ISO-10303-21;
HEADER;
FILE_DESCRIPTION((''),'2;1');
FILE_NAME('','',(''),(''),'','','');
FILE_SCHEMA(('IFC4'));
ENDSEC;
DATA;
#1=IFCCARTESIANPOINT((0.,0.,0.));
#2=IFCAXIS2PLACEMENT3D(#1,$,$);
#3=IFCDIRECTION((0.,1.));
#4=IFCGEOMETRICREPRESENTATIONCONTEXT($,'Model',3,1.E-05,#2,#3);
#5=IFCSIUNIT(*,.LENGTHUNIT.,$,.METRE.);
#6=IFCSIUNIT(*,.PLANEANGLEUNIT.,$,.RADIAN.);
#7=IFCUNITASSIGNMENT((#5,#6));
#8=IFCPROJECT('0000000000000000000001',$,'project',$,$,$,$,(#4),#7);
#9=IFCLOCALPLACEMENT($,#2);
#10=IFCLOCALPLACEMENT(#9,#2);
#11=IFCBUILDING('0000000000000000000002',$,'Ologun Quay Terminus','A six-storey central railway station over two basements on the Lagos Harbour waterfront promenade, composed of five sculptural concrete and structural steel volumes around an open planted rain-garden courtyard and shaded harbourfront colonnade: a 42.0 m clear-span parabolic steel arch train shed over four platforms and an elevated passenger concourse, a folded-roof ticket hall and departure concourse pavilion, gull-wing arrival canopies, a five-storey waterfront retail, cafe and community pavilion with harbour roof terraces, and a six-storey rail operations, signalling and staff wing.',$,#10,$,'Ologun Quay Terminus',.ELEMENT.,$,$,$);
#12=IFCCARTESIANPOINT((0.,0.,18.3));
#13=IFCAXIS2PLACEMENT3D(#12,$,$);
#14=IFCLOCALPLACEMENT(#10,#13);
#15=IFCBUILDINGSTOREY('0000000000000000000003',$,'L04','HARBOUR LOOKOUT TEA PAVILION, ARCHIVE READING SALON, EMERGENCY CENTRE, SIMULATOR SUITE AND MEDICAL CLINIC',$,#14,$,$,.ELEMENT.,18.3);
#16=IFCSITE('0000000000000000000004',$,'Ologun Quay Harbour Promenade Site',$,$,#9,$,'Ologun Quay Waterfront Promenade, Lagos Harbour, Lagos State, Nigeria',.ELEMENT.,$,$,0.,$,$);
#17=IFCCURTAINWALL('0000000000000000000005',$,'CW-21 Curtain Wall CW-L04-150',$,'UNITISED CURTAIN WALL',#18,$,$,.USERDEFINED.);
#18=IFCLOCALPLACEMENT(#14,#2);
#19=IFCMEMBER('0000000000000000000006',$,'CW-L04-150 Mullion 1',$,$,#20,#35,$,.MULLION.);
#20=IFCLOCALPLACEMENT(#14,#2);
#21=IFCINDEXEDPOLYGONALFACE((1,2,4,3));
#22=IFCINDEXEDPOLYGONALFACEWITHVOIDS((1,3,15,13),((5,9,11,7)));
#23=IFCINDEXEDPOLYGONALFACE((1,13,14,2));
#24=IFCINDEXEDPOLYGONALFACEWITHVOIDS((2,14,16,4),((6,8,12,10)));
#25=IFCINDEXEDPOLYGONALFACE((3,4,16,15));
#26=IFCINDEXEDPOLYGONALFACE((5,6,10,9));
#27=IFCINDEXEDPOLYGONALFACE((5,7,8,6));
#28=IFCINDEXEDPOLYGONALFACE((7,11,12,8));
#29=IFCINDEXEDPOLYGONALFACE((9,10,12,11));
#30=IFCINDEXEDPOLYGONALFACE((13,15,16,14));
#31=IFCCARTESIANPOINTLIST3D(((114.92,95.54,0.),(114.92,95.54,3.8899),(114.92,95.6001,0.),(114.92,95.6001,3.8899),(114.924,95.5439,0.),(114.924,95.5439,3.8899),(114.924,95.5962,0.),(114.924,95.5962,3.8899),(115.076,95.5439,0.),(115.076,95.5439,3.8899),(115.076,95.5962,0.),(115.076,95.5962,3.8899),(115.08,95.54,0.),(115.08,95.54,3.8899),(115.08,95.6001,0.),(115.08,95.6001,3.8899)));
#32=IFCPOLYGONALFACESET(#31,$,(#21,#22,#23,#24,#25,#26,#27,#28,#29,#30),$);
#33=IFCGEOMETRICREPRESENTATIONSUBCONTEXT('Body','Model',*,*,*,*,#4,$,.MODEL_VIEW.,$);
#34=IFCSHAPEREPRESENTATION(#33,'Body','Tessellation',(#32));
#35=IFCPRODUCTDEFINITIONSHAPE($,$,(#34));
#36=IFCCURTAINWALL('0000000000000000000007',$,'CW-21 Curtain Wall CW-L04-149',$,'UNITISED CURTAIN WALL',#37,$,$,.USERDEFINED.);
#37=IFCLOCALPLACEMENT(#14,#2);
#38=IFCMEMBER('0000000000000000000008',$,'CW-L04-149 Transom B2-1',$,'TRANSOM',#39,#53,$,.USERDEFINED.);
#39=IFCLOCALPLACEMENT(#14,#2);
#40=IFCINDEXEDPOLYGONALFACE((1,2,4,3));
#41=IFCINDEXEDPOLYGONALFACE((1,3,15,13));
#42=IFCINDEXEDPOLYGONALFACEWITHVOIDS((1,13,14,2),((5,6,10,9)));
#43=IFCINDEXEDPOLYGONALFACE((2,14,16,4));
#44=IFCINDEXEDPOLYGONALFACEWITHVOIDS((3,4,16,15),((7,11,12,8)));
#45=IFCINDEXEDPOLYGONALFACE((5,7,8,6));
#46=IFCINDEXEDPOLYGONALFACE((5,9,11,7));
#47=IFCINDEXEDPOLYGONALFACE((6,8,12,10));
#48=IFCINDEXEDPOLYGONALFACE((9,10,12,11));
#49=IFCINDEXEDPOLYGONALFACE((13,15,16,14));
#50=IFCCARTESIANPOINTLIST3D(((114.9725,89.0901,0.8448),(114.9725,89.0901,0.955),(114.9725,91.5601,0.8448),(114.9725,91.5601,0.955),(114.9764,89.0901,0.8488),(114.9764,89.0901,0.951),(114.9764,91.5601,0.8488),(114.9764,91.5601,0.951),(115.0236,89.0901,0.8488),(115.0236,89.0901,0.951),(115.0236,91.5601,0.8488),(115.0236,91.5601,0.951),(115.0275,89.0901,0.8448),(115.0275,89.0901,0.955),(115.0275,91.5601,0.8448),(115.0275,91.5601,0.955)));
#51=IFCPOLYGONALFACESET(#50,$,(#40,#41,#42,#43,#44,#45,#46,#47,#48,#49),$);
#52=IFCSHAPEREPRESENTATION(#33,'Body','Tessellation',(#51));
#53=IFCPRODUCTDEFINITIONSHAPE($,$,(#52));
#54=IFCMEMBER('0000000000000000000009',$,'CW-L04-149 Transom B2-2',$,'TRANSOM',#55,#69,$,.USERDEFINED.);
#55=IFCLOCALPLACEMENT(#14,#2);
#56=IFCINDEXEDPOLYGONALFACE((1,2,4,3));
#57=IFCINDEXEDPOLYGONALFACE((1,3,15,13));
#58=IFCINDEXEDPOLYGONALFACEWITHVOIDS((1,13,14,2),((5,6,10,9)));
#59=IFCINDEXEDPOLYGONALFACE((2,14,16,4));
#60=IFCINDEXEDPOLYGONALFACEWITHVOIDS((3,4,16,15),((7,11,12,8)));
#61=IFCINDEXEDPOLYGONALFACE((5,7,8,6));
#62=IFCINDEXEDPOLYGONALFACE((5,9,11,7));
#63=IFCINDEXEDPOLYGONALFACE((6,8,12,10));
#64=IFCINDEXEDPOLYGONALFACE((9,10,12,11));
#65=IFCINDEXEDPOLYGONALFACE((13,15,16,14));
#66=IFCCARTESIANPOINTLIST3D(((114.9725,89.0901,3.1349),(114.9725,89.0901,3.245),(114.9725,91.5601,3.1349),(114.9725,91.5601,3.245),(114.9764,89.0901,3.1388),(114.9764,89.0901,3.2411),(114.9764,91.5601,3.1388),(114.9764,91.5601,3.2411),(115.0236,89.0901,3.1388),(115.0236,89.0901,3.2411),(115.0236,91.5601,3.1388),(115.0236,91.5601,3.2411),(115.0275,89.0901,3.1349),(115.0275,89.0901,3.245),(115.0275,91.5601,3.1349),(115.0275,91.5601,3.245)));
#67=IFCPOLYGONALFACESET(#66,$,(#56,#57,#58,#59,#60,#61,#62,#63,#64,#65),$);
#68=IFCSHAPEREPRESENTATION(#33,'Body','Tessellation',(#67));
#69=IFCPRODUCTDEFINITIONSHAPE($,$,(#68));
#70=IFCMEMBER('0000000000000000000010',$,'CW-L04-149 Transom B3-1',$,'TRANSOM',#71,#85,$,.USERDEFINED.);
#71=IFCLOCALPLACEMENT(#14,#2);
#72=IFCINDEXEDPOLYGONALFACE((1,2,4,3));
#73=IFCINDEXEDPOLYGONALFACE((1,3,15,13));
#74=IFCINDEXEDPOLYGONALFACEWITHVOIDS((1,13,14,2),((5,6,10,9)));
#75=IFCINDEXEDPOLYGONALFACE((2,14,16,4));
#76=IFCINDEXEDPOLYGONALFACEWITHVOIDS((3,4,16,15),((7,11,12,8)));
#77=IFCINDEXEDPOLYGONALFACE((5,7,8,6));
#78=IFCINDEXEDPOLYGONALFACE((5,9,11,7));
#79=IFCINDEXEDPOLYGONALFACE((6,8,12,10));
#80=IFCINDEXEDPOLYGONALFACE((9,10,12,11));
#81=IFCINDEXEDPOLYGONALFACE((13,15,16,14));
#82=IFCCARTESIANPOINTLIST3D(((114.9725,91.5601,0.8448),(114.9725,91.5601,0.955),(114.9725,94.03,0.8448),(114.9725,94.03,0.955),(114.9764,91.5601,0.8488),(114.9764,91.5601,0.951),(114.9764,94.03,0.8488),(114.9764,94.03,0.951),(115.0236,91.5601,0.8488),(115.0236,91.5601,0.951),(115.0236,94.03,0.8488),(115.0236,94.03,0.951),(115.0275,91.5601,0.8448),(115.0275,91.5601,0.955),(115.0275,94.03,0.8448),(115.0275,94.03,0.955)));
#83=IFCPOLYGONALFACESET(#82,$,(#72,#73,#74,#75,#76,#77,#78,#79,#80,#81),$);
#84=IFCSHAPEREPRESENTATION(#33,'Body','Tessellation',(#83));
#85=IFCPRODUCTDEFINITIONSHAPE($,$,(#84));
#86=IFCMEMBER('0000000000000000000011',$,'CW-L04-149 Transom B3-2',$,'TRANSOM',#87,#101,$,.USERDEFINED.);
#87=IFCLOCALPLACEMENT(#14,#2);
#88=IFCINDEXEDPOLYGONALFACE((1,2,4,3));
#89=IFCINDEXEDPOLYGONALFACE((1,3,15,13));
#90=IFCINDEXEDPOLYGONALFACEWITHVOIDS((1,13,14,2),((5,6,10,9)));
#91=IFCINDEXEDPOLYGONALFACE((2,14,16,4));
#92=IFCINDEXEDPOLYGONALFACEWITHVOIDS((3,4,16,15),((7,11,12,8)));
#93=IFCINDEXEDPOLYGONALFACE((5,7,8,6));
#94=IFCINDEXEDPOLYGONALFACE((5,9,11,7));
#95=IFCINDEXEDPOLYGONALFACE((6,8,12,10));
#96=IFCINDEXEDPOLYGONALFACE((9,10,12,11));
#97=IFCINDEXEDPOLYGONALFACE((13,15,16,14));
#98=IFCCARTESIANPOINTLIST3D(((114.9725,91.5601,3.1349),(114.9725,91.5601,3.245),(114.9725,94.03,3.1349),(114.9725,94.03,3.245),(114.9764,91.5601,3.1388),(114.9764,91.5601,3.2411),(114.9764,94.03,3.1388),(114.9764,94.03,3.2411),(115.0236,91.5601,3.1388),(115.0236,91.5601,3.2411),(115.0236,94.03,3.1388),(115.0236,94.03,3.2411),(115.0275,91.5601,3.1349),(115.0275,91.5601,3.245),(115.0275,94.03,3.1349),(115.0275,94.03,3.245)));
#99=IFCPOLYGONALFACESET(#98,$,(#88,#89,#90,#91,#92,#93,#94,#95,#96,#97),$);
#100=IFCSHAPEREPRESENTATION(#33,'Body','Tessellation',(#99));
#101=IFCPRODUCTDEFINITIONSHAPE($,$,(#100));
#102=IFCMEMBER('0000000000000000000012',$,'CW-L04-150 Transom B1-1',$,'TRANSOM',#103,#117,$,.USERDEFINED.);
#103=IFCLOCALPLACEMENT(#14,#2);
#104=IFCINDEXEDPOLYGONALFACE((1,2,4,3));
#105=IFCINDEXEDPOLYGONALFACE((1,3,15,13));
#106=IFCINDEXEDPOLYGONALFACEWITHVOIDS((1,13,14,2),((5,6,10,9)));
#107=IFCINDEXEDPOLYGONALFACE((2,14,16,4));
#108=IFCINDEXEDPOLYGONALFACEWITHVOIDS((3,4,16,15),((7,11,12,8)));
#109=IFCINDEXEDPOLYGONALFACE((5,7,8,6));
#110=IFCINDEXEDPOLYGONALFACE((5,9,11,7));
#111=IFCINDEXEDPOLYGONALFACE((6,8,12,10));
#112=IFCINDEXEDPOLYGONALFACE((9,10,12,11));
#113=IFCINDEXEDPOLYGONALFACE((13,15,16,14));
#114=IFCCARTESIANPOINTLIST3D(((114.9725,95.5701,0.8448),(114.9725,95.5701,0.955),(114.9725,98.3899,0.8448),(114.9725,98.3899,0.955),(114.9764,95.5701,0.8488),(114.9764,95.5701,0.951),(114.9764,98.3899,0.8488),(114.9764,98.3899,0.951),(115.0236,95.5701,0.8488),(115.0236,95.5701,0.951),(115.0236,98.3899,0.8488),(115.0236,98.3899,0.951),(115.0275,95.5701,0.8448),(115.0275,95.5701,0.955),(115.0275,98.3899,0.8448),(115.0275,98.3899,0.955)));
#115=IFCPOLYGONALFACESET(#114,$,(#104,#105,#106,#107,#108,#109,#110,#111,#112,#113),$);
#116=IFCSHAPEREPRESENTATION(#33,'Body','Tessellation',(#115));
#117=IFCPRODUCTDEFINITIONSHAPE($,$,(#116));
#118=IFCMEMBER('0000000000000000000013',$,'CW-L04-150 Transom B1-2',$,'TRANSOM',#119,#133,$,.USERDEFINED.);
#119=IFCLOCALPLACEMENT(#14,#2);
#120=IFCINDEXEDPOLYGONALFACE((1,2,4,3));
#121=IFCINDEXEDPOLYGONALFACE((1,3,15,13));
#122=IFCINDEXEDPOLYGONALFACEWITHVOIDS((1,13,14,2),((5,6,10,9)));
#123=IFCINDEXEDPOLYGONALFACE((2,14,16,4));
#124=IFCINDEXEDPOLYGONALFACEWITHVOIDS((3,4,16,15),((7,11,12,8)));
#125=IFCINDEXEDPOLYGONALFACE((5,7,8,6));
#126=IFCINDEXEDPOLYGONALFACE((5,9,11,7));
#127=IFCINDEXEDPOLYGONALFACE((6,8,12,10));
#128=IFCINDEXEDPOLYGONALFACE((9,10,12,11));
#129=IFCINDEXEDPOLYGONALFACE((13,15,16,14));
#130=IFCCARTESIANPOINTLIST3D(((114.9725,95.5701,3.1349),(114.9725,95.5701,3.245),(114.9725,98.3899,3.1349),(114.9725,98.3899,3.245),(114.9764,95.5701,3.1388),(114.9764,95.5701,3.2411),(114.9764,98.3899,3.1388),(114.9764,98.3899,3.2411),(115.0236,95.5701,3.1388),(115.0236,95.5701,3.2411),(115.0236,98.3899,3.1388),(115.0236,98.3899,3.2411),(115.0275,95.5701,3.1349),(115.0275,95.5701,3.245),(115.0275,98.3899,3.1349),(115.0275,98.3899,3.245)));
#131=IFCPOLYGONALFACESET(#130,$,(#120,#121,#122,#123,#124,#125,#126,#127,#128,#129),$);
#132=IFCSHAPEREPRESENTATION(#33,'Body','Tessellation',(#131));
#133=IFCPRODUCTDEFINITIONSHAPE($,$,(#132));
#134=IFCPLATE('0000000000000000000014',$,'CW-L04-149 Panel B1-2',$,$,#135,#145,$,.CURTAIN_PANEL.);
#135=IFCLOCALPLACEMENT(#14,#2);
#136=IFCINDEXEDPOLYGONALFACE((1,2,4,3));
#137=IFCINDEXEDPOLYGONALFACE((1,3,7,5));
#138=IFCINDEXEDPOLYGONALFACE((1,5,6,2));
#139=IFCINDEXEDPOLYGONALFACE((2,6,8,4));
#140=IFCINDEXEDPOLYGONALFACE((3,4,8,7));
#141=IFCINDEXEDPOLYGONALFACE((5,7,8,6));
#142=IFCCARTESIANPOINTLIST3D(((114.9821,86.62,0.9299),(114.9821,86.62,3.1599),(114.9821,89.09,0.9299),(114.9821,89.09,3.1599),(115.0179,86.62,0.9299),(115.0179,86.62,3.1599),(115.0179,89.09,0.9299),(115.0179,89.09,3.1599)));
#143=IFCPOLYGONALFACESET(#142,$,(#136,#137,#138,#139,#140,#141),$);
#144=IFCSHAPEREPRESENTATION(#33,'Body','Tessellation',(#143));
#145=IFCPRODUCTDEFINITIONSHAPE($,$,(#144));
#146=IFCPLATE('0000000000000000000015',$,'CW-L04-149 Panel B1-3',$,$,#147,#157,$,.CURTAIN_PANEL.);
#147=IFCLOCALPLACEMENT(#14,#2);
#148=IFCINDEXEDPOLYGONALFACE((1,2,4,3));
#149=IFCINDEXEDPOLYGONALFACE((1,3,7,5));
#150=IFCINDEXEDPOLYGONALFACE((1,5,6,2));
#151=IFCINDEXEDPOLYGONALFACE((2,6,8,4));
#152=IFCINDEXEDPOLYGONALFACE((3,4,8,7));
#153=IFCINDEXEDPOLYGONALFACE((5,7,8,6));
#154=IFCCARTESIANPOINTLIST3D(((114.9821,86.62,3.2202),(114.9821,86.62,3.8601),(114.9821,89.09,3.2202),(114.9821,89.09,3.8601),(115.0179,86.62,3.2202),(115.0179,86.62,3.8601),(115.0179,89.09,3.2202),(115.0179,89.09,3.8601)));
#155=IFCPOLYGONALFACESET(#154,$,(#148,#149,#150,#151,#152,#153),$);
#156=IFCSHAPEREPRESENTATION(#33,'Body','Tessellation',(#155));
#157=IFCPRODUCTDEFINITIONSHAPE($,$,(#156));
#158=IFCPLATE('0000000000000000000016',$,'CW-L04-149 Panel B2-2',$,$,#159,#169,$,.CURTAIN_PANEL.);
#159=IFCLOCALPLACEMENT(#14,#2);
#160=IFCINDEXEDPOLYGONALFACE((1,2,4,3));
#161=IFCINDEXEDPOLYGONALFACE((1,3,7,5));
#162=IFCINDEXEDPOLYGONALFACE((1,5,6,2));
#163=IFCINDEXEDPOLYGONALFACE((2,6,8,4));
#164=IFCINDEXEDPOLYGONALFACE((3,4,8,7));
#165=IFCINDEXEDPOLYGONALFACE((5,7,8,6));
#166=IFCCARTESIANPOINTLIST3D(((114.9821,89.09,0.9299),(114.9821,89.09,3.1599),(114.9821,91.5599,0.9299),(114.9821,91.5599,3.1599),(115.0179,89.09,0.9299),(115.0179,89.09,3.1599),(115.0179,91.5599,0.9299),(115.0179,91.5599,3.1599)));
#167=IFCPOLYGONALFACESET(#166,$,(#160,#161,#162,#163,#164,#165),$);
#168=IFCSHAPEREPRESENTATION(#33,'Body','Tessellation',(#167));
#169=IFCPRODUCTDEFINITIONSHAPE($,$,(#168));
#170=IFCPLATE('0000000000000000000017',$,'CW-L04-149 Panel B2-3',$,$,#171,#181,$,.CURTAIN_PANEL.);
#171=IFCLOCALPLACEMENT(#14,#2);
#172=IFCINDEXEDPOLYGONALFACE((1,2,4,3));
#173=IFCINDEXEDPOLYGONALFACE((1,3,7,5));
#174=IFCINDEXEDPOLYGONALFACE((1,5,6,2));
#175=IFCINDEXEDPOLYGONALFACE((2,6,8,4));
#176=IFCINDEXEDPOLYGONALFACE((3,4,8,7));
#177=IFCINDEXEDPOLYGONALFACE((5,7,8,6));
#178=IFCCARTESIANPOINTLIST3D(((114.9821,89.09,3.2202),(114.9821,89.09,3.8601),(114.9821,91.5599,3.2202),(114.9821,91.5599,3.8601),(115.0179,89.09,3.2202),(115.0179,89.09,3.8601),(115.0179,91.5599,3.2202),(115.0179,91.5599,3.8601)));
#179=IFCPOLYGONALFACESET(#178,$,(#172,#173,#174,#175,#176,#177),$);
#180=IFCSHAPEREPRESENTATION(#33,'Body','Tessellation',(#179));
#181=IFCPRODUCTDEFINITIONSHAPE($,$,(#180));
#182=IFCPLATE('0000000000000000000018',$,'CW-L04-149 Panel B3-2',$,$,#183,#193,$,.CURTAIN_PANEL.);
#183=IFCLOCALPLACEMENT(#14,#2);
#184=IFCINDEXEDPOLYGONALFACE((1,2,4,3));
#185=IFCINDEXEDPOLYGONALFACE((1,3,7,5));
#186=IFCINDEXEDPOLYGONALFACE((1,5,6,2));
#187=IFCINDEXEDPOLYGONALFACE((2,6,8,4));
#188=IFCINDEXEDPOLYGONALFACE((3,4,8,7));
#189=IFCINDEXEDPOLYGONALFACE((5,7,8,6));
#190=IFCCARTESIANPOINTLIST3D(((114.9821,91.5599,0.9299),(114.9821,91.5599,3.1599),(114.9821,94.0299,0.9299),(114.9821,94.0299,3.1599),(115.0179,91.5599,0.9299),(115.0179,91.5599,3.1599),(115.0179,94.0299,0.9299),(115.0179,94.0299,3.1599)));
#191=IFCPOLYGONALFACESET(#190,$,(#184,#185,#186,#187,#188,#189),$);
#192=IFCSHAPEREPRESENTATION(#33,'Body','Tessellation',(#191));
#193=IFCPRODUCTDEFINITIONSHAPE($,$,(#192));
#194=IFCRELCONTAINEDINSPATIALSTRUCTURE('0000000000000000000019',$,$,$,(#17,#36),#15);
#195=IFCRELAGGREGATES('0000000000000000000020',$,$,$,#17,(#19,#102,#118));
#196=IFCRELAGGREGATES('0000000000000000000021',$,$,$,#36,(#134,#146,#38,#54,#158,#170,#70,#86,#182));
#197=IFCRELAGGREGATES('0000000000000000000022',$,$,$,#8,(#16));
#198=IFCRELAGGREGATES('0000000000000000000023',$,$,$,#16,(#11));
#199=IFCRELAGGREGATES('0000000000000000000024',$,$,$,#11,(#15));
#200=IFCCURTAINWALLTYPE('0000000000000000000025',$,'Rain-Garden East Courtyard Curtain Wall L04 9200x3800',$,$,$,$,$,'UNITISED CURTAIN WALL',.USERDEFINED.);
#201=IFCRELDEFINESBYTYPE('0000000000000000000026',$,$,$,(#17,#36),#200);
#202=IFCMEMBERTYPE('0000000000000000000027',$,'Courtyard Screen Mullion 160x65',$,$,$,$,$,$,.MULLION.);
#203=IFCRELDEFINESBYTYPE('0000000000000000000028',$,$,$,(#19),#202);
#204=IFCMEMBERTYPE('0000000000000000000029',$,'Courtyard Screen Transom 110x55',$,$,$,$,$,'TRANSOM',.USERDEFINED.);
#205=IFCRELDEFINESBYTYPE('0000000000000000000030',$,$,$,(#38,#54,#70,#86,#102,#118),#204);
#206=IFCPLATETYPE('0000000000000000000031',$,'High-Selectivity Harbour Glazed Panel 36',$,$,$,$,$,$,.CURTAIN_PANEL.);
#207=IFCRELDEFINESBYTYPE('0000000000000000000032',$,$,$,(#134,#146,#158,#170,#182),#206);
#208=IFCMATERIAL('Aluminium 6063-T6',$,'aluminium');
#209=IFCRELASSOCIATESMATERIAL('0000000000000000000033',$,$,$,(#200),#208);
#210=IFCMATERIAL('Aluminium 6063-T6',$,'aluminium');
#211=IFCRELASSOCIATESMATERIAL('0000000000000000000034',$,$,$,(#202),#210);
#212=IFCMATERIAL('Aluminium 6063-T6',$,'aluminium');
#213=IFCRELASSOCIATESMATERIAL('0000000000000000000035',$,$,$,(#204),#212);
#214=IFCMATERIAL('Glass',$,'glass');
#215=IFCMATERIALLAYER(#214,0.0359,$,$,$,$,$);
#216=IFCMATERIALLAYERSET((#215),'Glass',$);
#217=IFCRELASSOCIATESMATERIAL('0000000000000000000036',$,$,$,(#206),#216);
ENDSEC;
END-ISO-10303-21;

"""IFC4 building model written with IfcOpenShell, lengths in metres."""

from ifc_helpers import new_model, si_unit, direction, frame, origin, origin_2d, place, context, subcontext, project, spatial, rectangle, hollow_rectangle, extrude, material, layer, layer_set, material_profile, profile_set, type_object, element, aggregate, save


model = new_model("IFC4")

# Units and contexts
model_context = context("Model", 3, precision=1e-05, world=origin(), true_north=direction((0.0, 1.0)))
body_context = subcontext(model_context, "Body", "Model", "MODEL_VIEW")
ifc_project = project(units=[si_unit("LENGTHUNIT", "METRE"), si_unit("PLANEANGLEUNIT", "RADIAN")], contexts=[model_context])

# Site, building, storey
site_placement = place(None, origin())
site = spatial("IfcSite", under=ifc_project, at=site_placement, Name="Ologun Quay Harbour Promenade Site", LongName="Ologun Quay Waterfront Promenade, Lagos Harbour, Lagos State, Nigeria", CompositionType="ELEMENT", RefElevation=0.0)
building_placement = place(site_placement, origin())
building = spatial("IfcBuilding", under=site, at=building_placement, Name="Ologun Quay Terminus", Description="A six-storey central railway station over two basements on the Lagos Harbour waterfront promenade, composed of five sculptural concrete and structural steel volumes around an open planted rain-garden courtyard and shaded harbourfront colonnade: a 42.0 m clear-span parabolic steel arch train shed over four platforms and an elevated passenger concourse, a folded-roof ticket hall and departure concourse pavilion, gull-wing arrival canopies, a five-storey waterfront retail, cafe and community pavilion with harbour roof terraces, and a six-storey rail operations, signalling and staff wing.", LongName="Ologun Quay Terminus", CompositionType="ELEMENT")
storey_placement = place(building_placement, frame((0.0, 0.0, 18.3)))
storey = spatial("IfcBuildingStorey", under=building, at=storey_placement, Name="L04", Description="HARBOUR LOOKOUT TEA PAVILION, ARCHIVE READING SALON, EMERGENCY CENTRE, SIMULATOR SUITE AND MEDICAL CLINIC", CompositionType="ELEMENT", Elevation=18.3)

# Curtain wall, member
ifc_material_1 = material(Name="Aluminium 6063-T6", Category="aluminium")
curtain_wall_type = type_object("IfcCurtainWallType", Name="Rain-Garden East Courtyard Curtain Wall L04 9200x3800", ElementType="UNITISED CURTAIN WALL", PredefinedType="USERDEFINED", material=ifc_material_1)
curtain_wall_1_placement = place(storey_placement, origin())
curtain_wall_1 = element("IfcCurtainWall", 1, at=curtain_wall_1_placement, inside=storey, type_object=curtain_wall_type, Name="CW-21 Curtain Wall CW-L04-150", ObjectType="UNITISED CURTAIN WALL", PredefinedType="USERDEFINED")
ifc_material_2 = material(Name="Aluminium 6063-T6", Category="aluminium")
ifc_material_profile_1 = material_profile(ifc_material_2, hollow_rectangle(XDim=0.0601, YDim=0.1599, WallThickness=0.0039, at=origin_2d()), Name="ALU 160x60x4")
ifc_profile_set_1 = profile_set([ifc_material_profile_1], Name="Aluminium 6063-T6")
member_type_1 = type_object("IfcMemberType", Name="Courtyard Screen Mullion 160x65", PredefinedType="MULLION", material=ifc_profile_set_1)
member_1_placement = place(storey_placement, frame((115.0, 95.5701, 0.0), z_axis=(0.0, 0.0, 1.0), x_axis=(0.0, 1.0, 0.0)))
member_1 = element("IfcMember", 2, at=member_1_placement, type_object=member_type_1, Name="CW-L04-150 Mullion 1", PredefinedType="MULLION", context=body_context, shape_type="SweptSolid", body=[
    extrude(hollow_rectangle(XDim=0.0601, YDim=0.1599, WallThickness=0.0039, at=origin_2d()), origin(), (0.0, 0.0, 1.0), 3.8899),
])

# Curtain wall, members
curtain_wall_2_placement = place(storey_placement, origin())
curtain_wall_2 = element("IfcCurtainWall", 3, at=curtain_wall_2_placement, inside=storey, type_object=curtain_wall_type, Name="CW-21 Curtain Wall CW-L04-149", ObjectType="UNITISED CURTAIN WALL", PredefinedType="USERDEFINED")
ifc_material_3 = material(Name="Aluminium 6063-T6", Category="aluminium")
ifc_material_profile_2 = material_profile(ifc_material_3, hollow_rectangle(XDim=0.0549, YDim=0.1101, WallThickness=0.0039, at=origin_2d()), Name="ALU 110x55x4")
ifc_profile_set_2 = profile_set([ifc_material_profile_2], Name="Aluminium 6063-T6")
member_type_2 = type_object("IfcMemberType", Name="Courtyard Screen Transom 110x55", ElementType="TRANSOM", PredefinedType="USERDEFINED", material=ifc_profile_set_2)
member_2_placement = place(storey_placement, frame((115.0, 89.0901, 0.8999), z_axis=(0.0, 1.0, 0.0), x_axis=(-1.0, 0.0, 0.0)))
member_2 = element("IfcMember", 4, at=member_2_placement, type_object=member_type_2, Name="CW-L04-149 Transom B2-1", ObjectType="TRANSOM", PredefinedType="USERDEFINED", context=body_context, shape_type="SweptSolid", body=[
    extrude(hollow_rectangle(XDim=0.0549, YDim=0.1101, WallThickness=0.0039, at=origin_2d()), origin(), (0.0, 0.0, 1.0), 2.47),
])
member_3_placement = place(storey_placement, frame((115.0, 89.0901, 3.1899), z_axis=(0.0, 1.0, 0.0), x_axis=(-1.0, 0.0, 0.0)))
member_3 = element("IfcMember", 5, at=member_3_placement, type_object=member_type_2, Name="CW-L04-149 Transom B2-2", ObjectType="TRANSOM", PredefinedType="USERDEFINED", context=body_context, shape_type="SweptSolid", body=[
    extrude(hollow_rectangle(XDim=0.0549, YDim=0.1101, WallThickness=0.0039, at=origin_2d()), origin(), (0.0, 0.0, 1.0), 2.47),
])
member_4_placement = place(storey_placement, frame((115.0, 91.5601, 0.8999), z_axis=(0.0, 1.0, 0.0), x_axis=(-1.0, 0.0, 0.0)))
member_4 = element("IfcMember", 6, at=member_4_placement, type_object=member_type_2, Name="CW-L04-149 Transom B3-1", ObjectType="TRANSOM", PredefinedType="USERDEFINED", context=body_context, shape_type="SweptSolid", body=[
    extrude(hollow_rectangle(XDim=0.0549, YDim=0.1101, WallThickness=0.0039, at=origin_2d()), origin(), (0.0, 0.0, 1.0), 2.47),
])
member_5_placement = place(storey_placement, frame((115.0, 91.5601, 3.1899), z_axis=(0.0, 1.0, 0.0), x_axis=(-1.0, 0.0, 0.0)))
member_5 = element("IfcMember", 7, at=member_5_placement, type_object=member_type_2, Name="CW-L04-149 Transom B3-2", ObjectType="TRANSOM", PredefinedType="USERDEFINED", context=body_context, shape_type="SweptSolid", body=[
    extrude(hollow_rectangle(XDim=0.0549, YDim=0.1101, WallThickness=0.0039, at=origin_2d()), origin(), (0.0, 0.0, 1.0), 2.47),
])

# Members
member_6_placement = place(storey_placement, frame((115.0, 95.5701, 0.8999), z_axis=(0.0, 1.0, 0.0), x_axis=(-1.0, 0.0, 0.0)))
member_6 = element("IfcMember", 8, at=member_6_placement, type_object=member_type_2, Name="CW-L04-150 Transom B1-1", ObjectType="TRANSOM", PredefinedType="USERDEFINED", context=body_context, shape_type="SweptSolid", body=[
    extrude(hollow_rectangle(XDim=0.0549, YDim=0.1101, WallThickness=0.0039, at=origin_2d()), origin(), (0.0, 0.0, 1.0), 2.8198),
])
member_7_placement = place(storey_placement, frame((115.0, 95.5701, 3.1899), z_axis=(0.0, 1.0, 0.0), x_axis=(-1.0, 0.0, 0.0)))
member_7 = element("IfcMember", 9, at=member_7_placement, type_object=member_type_2, Name="CW-L04-150 Transom B1-2", ObjectType="TRANSOM", PredefinedType="USERDEFINED", context=body_context, shape_type="SweptSolid", body=[
    extrude(hollow_rectangle(XDim=0.0549, YDim=0.1101, WallThickness=0.0039, at=origin_2d()), origin(), (0.0, 0.0, 1.0), 2.8198),
])
aggregate(curtain_wall_1, [member_1, member_6, member_7])

# Plates
ifc_material_4 = material(Name="Glass", Category="glass")
ifc_layer_1 = layer(ifc_material_4, 0.0359)
ifc_layer_set_1 = layer_set([ifc_layer_1], Name="Glass")
plate_type_1 = type_object("IfcPlateType", Name="High-Selectivity Harbour Glazed Panel 36", PredefinedType="CURTAIN_PANEL", material=ifc_layer_set_1)
plate_1_placement = place(storey_placement, frame((115.0, 87.855, 0.9299), z_axis=(0.0, 0.0, 1.0), x_axis=(0.0, 1.0, 0.0)))
plate_1 = element("IfcPlate", 10, at=plate_1_placement, type_object=plate_type_1, Name="CW-L04-149 Panel B1-2", PredefinedType="CURTAIN_PANEL", context=body_context, shape_type="SweptSolid", body=[
    extrude(rectangle(XDim=2.47, YDim=0.0359, at=origin_2d()), origin(), (0.0, 0.0, 1.0), 2.23),
])
plate_2_placement = place(storey_placement, frame((115.0, 87.855, 3.2202), z_axis=(0.0, 0.0, 1.0), x_axis=(0.0, 1.0, 0.0)))
plate_2 = element("IfcPlate", 11, at=plate_2_placement, type_object=plate_type_1, Name="CW-L04-149 Panel B1-3", PredefinedType="CURTAIN_PANEL", context=body_context, shape_type="SweptSolid", body=[
    extrude(rectangle(XDim=2.47, YDim=0.0359, at=origin_2d()), origin(), (0.0, 0.0, 1.0), 0.6399),
])
plate_3_placement = place(storey_placement, frame((115.0, 90.325, 0.9299), z_axis=(0.0, 0.0, 1.0), x_axis=(0.0, 1.0, 0.0)))
plate_3 = element("IfcPlate", 12, at=plate_3_placement, type_object=plate_type_1, Name="CW-L04-149 Panel B2-2", PredefinedType="CURTAIN_PANEL", context=body_context, shape_type="SweptSolid", body=[
    extrude(rectangle(XDim=2.47, YDim=0.0359, at=origin_2d()), origin(), (0.0, 0.0, 1.0), 2.23),
])
plate_4_placement = place(storey_placement, frame((115.0, 90.325, 3.2202), z_axis=(0.0, 0.0, 1.0), x_axis=(0.0, 1.0, 0.0)))
plate_4 = element("IfcPlate", 13, at=plate_4_placement, type_object=plate_type_1, Name="CW-L04-149 Panel B2-3", PredefinedType="CURTAIN_PANEL", context=body_context, shape_type="SweptSolid", body=[
    extrude(rectangle(XDim=2.47, YDim=0.0359, at=origin_2d()), origin(), (0.0, 0.0, 1.0), 0.6399),
])
plate_5_placement = place(storey_placement, frame((115.0, 92.7949, 0.9299), z_axis=(0.0, 0.0, 1.0), x_axis=(0.0, 1.0, 0.0)))
plate_5 = element("IfcPlate", 14, at=plate_5_placement, type_object=plate_type_1, Name="CW-L04-149 Panel B3-2", PredefinedType="CURTAIN_PANEL", context=body_context, shape_type="SweptSolid", body=[
    extrude(rectangle(XDim=2.47, YDim=0.0359, at=origin_2d()), origin(), (0.0, 0.0, 1.0), 2.23),
])
aggregate(curtain_wall_2, [plate_1, plate_2, member_2, member_3, plate_3, plate_4, member_4, member_5, plate_5])

save(model, "model.ifc")
